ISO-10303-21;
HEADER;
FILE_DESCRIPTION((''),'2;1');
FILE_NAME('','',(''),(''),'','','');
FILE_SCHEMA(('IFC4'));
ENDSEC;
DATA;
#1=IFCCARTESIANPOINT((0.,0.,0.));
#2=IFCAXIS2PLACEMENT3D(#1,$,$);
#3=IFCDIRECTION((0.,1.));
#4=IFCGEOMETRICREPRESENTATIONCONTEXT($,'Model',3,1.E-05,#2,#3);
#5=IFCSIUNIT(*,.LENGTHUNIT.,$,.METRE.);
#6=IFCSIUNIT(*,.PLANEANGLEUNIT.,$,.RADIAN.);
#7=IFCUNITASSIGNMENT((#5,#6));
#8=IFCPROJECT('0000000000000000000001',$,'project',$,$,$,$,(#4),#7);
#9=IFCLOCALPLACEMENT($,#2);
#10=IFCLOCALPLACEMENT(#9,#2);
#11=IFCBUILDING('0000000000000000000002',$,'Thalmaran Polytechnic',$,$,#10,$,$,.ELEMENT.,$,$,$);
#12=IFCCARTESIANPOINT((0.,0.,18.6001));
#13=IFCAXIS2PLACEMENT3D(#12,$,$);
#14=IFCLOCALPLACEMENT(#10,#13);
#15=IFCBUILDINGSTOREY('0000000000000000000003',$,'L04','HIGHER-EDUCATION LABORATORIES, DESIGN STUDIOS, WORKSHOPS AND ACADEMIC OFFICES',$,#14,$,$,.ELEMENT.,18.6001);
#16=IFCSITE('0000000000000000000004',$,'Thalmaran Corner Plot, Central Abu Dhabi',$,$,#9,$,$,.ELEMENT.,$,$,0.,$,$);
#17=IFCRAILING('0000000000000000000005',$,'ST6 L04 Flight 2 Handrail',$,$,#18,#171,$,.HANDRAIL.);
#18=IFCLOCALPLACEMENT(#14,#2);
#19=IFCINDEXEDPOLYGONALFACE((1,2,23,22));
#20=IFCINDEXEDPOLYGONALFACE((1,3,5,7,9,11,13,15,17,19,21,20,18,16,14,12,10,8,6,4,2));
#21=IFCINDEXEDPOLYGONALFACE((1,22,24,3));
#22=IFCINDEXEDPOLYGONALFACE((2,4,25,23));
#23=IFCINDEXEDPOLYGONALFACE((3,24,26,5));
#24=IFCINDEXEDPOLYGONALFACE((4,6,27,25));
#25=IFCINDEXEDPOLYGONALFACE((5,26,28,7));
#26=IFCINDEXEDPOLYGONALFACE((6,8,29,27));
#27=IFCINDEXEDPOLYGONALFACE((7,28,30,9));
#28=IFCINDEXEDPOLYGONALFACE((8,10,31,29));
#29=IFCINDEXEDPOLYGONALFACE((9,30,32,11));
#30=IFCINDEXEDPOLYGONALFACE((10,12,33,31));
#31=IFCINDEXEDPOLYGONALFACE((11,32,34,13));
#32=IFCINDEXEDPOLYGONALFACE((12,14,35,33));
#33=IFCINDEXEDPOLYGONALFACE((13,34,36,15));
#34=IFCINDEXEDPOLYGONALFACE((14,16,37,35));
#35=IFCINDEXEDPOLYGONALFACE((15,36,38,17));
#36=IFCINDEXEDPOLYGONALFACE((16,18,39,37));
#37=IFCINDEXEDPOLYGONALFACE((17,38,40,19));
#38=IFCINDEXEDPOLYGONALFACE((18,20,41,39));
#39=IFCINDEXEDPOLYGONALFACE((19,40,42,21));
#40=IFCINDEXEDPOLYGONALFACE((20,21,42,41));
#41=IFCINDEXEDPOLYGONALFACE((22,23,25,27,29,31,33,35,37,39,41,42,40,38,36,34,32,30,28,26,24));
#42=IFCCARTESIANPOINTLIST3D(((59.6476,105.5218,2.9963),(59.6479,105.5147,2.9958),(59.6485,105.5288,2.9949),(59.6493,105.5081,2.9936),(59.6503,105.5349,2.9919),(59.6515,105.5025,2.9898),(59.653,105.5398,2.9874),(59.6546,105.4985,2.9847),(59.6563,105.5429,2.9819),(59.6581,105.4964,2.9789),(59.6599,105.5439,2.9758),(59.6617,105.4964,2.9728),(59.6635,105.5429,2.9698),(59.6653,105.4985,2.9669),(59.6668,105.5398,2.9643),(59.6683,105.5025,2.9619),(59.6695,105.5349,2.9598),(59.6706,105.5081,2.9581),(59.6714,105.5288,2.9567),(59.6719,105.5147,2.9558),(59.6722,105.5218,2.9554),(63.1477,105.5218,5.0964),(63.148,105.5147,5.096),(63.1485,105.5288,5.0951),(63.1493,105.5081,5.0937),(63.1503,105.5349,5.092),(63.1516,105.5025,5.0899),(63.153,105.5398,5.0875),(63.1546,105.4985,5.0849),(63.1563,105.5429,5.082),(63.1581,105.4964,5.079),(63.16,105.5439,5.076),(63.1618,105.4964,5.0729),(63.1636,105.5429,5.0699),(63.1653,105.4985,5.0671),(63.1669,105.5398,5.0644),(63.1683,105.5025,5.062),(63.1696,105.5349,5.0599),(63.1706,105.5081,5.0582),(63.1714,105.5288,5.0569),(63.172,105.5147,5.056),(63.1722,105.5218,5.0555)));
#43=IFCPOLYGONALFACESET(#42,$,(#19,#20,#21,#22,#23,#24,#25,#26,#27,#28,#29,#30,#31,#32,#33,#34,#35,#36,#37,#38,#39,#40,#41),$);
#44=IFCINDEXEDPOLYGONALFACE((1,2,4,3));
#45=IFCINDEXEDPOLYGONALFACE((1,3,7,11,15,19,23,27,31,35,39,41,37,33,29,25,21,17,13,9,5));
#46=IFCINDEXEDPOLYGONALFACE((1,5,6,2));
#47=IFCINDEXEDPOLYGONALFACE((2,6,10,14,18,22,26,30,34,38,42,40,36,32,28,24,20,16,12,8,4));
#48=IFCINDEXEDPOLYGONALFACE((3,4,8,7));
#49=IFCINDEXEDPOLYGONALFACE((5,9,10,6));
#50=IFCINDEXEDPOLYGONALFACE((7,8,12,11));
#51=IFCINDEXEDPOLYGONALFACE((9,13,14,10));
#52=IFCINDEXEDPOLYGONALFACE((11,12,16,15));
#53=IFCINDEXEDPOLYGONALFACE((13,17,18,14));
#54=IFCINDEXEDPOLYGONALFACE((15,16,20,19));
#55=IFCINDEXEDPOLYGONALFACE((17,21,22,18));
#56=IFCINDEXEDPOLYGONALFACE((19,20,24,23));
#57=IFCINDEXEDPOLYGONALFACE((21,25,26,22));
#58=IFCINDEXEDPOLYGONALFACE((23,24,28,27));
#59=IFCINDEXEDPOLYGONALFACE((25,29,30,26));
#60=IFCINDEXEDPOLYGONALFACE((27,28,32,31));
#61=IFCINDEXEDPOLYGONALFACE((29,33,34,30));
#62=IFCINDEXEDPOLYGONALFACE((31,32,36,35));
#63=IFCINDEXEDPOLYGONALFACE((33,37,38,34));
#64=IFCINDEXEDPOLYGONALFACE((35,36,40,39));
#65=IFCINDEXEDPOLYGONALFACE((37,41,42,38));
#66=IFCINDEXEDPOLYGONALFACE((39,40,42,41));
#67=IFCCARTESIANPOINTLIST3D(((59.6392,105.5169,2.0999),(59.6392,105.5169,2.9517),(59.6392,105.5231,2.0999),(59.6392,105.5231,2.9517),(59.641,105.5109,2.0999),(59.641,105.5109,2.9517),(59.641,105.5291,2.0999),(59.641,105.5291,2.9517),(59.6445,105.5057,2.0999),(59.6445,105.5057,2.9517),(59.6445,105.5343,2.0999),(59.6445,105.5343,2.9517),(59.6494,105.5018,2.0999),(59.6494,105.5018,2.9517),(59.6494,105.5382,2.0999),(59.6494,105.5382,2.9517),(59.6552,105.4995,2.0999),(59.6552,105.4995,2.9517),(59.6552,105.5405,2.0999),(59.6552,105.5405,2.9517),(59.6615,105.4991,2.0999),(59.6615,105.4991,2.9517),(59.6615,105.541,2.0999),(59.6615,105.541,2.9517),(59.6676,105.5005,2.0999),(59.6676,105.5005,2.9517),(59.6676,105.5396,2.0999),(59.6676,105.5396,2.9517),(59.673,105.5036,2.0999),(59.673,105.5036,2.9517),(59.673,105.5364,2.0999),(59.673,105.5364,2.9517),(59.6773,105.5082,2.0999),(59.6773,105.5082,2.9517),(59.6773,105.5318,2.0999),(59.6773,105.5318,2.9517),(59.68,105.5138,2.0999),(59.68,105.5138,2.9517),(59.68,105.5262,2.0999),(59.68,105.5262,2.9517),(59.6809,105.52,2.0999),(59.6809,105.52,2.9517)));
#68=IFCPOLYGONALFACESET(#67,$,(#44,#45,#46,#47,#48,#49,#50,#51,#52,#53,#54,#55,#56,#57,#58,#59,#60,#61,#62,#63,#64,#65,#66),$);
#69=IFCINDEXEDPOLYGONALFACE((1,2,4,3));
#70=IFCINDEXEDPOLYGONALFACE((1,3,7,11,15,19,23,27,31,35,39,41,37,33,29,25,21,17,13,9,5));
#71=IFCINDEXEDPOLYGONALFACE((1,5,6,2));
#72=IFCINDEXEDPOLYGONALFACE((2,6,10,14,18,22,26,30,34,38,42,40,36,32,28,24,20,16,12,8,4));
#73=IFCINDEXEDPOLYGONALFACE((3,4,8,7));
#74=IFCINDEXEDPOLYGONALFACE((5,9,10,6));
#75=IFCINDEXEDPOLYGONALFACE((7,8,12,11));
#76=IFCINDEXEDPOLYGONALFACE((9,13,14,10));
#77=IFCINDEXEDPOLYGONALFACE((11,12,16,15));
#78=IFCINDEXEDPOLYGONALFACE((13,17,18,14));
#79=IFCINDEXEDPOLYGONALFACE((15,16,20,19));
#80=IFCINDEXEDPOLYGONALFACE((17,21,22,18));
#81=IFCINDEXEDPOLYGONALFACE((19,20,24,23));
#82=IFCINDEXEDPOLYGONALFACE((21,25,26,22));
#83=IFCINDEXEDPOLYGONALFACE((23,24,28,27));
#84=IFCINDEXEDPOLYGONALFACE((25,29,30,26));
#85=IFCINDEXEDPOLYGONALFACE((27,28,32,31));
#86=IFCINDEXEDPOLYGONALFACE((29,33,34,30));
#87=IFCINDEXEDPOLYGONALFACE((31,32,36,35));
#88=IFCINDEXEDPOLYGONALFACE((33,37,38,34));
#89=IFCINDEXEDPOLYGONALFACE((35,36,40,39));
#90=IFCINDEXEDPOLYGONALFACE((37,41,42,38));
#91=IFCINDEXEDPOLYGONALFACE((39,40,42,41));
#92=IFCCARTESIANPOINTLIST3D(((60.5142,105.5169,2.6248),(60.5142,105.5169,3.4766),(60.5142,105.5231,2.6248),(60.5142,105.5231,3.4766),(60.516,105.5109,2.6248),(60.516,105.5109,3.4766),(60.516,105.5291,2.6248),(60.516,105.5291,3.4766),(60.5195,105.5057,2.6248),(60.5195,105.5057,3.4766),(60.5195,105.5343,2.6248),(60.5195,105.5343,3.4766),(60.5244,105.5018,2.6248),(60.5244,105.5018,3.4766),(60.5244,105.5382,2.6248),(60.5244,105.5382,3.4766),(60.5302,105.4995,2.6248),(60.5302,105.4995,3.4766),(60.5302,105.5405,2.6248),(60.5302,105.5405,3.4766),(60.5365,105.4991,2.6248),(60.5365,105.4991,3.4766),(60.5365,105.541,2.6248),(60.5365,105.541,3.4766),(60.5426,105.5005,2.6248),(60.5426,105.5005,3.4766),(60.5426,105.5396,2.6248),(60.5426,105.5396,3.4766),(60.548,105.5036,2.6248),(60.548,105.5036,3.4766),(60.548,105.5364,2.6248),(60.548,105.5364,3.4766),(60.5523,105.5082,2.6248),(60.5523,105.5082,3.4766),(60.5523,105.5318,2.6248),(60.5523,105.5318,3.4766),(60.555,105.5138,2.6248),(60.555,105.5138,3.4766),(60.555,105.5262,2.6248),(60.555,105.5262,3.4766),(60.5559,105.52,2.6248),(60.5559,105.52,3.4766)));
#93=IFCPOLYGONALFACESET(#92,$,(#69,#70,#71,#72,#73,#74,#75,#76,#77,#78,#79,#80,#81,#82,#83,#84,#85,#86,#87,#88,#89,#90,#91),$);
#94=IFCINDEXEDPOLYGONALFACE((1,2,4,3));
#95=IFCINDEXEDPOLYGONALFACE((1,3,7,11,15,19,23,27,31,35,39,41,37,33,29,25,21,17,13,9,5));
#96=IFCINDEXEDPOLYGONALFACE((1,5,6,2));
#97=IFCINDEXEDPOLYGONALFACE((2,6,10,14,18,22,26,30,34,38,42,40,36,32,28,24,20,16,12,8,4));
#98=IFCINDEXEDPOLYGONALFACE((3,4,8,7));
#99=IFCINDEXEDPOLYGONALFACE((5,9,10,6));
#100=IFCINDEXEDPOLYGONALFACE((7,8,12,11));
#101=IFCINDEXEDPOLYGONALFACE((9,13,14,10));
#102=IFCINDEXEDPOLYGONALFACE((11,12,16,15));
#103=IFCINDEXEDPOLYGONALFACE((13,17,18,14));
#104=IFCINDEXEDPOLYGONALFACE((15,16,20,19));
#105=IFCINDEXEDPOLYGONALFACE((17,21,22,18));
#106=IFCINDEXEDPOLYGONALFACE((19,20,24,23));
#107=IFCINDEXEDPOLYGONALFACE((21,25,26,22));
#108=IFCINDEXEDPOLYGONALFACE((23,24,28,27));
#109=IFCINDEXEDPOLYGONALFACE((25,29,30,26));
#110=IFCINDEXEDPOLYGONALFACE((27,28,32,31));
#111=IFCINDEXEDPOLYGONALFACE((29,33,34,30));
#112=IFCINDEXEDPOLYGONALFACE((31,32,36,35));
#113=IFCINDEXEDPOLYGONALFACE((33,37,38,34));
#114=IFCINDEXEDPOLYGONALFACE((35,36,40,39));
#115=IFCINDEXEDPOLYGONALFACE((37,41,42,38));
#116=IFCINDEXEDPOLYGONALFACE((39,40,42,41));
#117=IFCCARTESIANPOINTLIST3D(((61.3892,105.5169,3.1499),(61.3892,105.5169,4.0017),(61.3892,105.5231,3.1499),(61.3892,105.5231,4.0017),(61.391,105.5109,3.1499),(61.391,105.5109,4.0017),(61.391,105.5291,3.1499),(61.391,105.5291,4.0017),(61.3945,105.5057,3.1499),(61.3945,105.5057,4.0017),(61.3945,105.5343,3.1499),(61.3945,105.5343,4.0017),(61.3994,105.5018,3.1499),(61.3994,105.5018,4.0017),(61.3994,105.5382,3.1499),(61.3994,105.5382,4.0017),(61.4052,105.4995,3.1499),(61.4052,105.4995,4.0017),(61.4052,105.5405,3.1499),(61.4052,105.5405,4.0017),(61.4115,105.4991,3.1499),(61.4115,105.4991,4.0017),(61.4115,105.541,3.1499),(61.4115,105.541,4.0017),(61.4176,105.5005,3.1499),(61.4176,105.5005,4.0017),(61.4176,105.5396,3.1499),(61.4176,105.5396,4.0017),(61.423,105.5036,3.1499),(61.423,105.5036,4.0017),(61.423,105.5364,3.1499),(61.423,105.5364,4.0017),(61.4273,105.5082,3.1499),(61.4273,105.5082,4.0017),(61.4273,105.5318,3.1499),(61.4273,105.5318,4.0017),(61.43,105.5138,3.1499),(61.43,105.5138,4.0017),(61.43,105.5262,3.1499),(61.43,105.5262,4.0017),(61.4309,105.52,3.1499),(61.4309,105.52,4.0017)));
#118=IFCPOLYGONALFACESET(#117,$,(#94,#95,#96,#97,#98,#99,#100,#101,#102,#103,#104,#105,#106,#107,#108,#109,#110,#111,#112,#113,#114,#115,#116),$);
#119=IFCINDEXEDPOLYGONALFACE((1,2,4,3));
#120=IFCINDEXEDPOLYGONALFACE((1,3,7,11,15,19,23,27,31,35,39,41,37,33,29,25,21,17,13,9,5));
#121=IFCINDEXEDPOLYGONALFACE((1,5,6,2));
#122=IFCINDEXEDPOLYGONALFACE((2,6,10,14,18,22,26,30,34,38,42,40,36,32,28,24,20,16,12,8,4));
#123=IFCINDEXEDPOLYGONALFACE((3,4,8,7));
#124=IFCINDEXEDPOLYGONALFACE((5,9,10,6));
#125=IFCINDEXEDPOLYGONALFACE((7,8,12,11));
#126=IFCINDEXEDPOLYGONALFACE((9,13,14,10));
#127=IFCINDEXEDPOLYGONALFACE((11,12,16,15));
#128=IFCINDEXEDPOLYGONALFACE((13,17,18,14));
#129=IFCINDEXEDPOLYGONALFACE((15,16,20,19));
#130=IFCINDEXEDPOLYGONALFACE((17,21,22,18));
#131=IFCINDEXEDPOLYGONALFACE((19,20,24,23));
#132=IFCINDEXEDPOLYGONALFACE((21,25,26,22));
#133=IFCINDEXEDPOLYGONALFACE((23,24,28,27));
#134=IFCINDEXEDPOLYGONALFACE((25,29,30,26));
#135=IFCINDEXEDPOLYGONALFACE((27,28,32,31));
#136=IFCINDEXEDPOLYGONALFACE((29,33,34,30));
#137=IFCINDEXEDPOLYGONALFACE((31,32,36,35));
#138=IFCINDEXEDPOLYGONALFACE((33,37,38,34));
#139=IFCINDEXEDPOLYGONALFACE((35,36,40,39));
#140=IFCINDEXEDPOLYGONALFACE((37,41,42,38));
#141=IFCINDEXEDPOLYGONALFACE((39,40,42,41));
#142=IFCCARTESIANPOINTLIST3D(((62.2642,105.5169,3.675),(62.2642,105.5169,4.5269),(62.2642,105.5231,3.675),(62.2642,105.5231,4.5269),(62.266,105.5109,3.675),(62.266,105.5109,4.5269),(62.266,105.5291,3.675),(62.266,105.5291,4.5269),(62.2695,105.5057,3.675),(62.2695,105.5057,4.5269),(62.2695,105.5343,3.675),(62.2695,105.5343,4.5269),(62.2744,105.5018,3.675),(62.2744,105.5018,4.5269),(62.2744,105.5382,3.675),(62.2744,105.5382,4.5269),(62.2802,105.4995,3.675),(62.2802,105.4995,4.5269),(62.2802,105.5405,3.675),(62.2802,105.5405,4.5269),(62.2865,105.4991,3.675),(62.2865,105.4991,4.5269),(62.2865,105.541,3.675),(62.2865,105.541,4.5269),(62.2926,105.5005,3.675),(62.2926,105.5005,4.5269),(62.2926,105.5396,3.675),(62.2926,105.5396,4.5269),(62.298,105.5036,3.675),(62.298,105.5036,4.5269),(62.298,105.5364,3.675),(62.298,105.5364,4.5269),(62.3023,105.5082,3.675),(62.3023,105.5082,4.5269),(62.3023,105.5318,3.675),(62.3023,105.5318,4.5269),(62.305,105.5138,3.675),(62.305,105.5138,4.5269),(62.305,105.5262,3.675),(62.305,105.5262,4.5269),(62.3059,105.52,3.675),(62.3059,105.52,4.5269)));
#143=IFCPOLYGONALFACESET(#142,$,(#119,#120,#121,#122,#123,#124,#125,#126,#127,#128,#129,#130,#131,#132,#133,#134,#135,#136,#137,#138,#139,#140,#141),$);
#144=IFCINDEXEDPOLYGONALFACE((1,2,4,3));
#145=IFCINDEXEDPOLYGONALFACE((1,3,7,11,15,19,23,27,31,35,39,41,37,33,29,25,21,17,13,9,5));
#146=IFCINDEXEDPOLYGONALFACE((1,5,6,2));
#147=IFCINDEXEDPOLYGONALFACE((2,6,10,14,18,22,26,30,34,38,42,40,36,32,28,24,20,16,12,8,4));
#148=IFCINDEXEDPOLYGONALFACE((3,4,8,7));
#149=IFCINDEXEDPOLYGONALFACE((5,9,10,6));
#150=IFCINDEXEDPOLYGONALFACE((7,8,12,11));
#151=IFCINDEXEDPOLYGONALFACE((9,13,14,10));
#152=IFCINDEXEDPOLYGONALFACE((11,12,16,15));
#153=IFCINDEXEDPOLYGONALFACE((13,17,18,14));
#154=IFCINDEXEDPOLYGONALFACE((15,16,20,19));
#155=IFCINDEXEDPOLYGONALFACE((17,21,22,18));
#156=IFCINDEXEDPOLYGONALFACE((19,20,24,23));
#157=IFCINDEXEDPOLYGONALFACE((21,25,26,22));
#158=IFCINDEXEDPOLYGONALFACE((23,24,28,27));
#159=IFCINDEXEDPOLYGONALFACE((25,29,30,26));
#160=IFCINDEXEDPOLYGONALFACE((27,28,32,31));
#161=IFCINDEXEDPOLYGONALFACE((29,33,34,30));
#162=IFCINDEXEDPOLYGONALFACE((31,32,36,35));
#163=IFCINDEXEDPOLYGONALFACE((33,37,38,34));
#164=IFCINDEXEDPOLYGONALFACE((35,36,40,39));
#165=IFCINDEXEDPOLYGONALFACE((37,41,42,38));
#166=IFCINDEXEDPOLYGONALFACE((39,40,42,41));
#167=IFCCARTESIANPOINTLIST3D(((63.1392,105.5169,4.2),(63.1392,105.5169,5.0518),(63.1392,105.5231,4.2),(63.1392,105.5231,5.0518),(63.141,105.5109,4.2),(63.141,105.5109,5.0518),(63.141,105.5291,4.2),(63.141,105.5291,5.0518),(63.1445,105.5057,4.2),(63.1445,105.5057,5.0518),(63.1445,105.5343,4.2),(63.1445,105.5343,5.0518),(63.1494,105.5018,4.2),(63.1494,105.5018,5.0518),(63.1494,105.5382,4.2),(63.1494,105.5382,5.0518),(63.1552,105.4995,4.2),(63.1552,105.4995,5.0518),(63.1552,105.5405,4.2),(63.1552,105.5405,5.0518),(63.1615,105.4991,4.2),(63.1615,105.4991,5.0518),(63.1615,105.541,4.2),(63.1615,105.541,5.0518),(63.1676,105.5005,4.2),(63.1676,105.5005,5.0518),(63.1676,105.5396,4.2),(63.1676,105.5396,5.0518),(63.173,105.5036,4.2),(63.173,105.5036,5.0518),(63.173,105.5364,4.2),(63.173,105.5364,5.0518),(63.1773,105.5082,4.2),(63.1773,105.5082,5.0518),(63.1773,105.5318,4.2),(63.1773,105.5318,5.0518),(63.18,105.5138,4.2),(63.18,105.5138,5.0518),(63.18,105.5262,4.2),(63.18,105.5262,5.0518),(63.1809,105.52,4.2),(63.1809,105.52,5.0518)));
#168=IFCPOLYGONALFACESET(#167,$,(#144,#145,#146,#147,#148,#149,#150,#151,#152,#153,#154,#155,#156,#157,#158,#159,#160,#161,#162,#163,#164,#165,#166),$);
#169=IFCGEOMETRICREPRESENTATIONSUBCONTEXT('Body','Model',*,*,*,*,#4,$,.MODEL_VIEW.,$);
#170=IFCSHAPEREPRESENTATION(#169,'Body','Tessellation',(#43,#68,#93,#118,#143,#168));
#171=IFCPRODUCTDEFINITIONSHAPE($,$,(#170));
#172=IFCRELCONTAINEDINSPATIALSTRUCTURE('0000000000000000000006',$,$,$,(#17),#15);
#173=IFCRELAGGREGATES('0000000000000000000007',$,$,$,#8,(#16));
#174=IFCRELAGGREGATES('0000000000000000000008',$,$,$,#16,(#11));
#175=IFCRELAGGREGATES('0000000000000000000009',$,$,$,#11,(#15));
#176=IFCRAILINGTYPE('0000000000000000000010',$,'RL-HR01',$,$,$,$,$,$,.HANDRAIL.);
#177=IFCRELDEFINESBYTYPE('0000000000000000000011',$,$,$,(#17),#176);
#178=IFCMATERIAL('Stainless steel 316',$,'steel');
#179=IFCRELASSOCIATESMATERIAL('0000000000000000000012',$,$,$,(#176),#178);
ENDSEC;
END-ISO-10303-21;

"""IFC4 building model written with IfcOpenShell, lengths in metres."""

from ifc_helpers import new_model, si_unit, direction, frame, origin, origin_2d, place, context, subcontext, project, spatial, circle, extrude, material, type_object, element, save


model = new_model("IFC4")

# Units and contexts
model_context = context("Model", 3, precision=1e-05, world=origin(), true_north=direction((0.0, 1.0)))
body_context = subcontext(model_context, "Body", "Model", "MODEL_VIEW")
ifc_project = project(units=[si_unit("LENGTHUNIT", "METRE"), si_unit("PLANEANGLEUNIT", "RADIAN")], contexts=[model_context])

# Site, building, storey
site_placement = place(None, origin())
site = spatial("IfcSite", under=ifc_project, at=site_placement, Name="Thalmaran Corner Plot, Central Abu Dhabi", CompositionType="ELEMENT", RefElevation=0.0)
building_placement = place(site_placement, origin())
building = spatial("IfcBuilding", under=site, at=building_placement, Name="Thalmaran Polytechnic", CompositionType="ELEMENT")
storey_placement = place(building_placement, frame((0.0, 0.0, 18.6001)))
storey = spatial("IfcBuildingStorey", under=building, at=storey_placement, Name="L04", Description="HIGHER-EDUCATION LABORATORIES, DESIGN STUDIOS, WORKSHOPS AND ACADEMIC OFFICES", CompositionType="ELEMENT", Elevation=18.6001)

# Railing
ifc_material_1 = material(Name="Stainless steel 316", Category="steel")
railing_type_1 = type_object("IfcRailingType", Name="RL-HR01", PredefinedType="HANDRAIL", material=ifc_material_1)
railing_1_placement = place(storey_placement, frame((59.6599, 105.52, 2.0999)))
element("IfcRailing", 1, at=railing_1_placement, inside=storey, type_object=railing_type_1, Name="ST6 L04 Flight 2 Handrail", PredefinedType="HANDRAIL", context=body_context, shape_type="SweptSolid", body=[
    extrude(circle(Radius=0.0239, at=origin_2d()), frame((0.0, 0.0, 0.876), z_axis=(0.857482, 0.0, 0.514513), x_axis=(0.0, 1.0, 0.0)), (0.0, 0.0, 1.0), 4.0818),
    extrude(circle(Radius=0.021, at=origin_2d()), origin(), (0.0, 0.0, 1.0), 0.8518),
    extrude(circle(Radius=0.021, at=origin_2d()), frame((0.875, 0.0, 0.5249)), (0.0, 0.0, 1.0), 0.8518),
    extrude(circle(Radius=0.021, at=origin_2d()), frame((1.75, 0.0, 1.05)), (0.0, 0.0, 1.0), 0.8518),
    extrude(circle(Radius=0.021, at=origin_2d()), frame((2.625, 0.0, 1.5752)), (0.0, 0.0, 1.0), 0.8518),
    extrude(circle(Radius=0.021, at=origin_2d()), frame((3.5, 0.0, 2.1001)), (0.0, 0.0, 1.0), 0.8518),
])

save(model, "model.ifc")
